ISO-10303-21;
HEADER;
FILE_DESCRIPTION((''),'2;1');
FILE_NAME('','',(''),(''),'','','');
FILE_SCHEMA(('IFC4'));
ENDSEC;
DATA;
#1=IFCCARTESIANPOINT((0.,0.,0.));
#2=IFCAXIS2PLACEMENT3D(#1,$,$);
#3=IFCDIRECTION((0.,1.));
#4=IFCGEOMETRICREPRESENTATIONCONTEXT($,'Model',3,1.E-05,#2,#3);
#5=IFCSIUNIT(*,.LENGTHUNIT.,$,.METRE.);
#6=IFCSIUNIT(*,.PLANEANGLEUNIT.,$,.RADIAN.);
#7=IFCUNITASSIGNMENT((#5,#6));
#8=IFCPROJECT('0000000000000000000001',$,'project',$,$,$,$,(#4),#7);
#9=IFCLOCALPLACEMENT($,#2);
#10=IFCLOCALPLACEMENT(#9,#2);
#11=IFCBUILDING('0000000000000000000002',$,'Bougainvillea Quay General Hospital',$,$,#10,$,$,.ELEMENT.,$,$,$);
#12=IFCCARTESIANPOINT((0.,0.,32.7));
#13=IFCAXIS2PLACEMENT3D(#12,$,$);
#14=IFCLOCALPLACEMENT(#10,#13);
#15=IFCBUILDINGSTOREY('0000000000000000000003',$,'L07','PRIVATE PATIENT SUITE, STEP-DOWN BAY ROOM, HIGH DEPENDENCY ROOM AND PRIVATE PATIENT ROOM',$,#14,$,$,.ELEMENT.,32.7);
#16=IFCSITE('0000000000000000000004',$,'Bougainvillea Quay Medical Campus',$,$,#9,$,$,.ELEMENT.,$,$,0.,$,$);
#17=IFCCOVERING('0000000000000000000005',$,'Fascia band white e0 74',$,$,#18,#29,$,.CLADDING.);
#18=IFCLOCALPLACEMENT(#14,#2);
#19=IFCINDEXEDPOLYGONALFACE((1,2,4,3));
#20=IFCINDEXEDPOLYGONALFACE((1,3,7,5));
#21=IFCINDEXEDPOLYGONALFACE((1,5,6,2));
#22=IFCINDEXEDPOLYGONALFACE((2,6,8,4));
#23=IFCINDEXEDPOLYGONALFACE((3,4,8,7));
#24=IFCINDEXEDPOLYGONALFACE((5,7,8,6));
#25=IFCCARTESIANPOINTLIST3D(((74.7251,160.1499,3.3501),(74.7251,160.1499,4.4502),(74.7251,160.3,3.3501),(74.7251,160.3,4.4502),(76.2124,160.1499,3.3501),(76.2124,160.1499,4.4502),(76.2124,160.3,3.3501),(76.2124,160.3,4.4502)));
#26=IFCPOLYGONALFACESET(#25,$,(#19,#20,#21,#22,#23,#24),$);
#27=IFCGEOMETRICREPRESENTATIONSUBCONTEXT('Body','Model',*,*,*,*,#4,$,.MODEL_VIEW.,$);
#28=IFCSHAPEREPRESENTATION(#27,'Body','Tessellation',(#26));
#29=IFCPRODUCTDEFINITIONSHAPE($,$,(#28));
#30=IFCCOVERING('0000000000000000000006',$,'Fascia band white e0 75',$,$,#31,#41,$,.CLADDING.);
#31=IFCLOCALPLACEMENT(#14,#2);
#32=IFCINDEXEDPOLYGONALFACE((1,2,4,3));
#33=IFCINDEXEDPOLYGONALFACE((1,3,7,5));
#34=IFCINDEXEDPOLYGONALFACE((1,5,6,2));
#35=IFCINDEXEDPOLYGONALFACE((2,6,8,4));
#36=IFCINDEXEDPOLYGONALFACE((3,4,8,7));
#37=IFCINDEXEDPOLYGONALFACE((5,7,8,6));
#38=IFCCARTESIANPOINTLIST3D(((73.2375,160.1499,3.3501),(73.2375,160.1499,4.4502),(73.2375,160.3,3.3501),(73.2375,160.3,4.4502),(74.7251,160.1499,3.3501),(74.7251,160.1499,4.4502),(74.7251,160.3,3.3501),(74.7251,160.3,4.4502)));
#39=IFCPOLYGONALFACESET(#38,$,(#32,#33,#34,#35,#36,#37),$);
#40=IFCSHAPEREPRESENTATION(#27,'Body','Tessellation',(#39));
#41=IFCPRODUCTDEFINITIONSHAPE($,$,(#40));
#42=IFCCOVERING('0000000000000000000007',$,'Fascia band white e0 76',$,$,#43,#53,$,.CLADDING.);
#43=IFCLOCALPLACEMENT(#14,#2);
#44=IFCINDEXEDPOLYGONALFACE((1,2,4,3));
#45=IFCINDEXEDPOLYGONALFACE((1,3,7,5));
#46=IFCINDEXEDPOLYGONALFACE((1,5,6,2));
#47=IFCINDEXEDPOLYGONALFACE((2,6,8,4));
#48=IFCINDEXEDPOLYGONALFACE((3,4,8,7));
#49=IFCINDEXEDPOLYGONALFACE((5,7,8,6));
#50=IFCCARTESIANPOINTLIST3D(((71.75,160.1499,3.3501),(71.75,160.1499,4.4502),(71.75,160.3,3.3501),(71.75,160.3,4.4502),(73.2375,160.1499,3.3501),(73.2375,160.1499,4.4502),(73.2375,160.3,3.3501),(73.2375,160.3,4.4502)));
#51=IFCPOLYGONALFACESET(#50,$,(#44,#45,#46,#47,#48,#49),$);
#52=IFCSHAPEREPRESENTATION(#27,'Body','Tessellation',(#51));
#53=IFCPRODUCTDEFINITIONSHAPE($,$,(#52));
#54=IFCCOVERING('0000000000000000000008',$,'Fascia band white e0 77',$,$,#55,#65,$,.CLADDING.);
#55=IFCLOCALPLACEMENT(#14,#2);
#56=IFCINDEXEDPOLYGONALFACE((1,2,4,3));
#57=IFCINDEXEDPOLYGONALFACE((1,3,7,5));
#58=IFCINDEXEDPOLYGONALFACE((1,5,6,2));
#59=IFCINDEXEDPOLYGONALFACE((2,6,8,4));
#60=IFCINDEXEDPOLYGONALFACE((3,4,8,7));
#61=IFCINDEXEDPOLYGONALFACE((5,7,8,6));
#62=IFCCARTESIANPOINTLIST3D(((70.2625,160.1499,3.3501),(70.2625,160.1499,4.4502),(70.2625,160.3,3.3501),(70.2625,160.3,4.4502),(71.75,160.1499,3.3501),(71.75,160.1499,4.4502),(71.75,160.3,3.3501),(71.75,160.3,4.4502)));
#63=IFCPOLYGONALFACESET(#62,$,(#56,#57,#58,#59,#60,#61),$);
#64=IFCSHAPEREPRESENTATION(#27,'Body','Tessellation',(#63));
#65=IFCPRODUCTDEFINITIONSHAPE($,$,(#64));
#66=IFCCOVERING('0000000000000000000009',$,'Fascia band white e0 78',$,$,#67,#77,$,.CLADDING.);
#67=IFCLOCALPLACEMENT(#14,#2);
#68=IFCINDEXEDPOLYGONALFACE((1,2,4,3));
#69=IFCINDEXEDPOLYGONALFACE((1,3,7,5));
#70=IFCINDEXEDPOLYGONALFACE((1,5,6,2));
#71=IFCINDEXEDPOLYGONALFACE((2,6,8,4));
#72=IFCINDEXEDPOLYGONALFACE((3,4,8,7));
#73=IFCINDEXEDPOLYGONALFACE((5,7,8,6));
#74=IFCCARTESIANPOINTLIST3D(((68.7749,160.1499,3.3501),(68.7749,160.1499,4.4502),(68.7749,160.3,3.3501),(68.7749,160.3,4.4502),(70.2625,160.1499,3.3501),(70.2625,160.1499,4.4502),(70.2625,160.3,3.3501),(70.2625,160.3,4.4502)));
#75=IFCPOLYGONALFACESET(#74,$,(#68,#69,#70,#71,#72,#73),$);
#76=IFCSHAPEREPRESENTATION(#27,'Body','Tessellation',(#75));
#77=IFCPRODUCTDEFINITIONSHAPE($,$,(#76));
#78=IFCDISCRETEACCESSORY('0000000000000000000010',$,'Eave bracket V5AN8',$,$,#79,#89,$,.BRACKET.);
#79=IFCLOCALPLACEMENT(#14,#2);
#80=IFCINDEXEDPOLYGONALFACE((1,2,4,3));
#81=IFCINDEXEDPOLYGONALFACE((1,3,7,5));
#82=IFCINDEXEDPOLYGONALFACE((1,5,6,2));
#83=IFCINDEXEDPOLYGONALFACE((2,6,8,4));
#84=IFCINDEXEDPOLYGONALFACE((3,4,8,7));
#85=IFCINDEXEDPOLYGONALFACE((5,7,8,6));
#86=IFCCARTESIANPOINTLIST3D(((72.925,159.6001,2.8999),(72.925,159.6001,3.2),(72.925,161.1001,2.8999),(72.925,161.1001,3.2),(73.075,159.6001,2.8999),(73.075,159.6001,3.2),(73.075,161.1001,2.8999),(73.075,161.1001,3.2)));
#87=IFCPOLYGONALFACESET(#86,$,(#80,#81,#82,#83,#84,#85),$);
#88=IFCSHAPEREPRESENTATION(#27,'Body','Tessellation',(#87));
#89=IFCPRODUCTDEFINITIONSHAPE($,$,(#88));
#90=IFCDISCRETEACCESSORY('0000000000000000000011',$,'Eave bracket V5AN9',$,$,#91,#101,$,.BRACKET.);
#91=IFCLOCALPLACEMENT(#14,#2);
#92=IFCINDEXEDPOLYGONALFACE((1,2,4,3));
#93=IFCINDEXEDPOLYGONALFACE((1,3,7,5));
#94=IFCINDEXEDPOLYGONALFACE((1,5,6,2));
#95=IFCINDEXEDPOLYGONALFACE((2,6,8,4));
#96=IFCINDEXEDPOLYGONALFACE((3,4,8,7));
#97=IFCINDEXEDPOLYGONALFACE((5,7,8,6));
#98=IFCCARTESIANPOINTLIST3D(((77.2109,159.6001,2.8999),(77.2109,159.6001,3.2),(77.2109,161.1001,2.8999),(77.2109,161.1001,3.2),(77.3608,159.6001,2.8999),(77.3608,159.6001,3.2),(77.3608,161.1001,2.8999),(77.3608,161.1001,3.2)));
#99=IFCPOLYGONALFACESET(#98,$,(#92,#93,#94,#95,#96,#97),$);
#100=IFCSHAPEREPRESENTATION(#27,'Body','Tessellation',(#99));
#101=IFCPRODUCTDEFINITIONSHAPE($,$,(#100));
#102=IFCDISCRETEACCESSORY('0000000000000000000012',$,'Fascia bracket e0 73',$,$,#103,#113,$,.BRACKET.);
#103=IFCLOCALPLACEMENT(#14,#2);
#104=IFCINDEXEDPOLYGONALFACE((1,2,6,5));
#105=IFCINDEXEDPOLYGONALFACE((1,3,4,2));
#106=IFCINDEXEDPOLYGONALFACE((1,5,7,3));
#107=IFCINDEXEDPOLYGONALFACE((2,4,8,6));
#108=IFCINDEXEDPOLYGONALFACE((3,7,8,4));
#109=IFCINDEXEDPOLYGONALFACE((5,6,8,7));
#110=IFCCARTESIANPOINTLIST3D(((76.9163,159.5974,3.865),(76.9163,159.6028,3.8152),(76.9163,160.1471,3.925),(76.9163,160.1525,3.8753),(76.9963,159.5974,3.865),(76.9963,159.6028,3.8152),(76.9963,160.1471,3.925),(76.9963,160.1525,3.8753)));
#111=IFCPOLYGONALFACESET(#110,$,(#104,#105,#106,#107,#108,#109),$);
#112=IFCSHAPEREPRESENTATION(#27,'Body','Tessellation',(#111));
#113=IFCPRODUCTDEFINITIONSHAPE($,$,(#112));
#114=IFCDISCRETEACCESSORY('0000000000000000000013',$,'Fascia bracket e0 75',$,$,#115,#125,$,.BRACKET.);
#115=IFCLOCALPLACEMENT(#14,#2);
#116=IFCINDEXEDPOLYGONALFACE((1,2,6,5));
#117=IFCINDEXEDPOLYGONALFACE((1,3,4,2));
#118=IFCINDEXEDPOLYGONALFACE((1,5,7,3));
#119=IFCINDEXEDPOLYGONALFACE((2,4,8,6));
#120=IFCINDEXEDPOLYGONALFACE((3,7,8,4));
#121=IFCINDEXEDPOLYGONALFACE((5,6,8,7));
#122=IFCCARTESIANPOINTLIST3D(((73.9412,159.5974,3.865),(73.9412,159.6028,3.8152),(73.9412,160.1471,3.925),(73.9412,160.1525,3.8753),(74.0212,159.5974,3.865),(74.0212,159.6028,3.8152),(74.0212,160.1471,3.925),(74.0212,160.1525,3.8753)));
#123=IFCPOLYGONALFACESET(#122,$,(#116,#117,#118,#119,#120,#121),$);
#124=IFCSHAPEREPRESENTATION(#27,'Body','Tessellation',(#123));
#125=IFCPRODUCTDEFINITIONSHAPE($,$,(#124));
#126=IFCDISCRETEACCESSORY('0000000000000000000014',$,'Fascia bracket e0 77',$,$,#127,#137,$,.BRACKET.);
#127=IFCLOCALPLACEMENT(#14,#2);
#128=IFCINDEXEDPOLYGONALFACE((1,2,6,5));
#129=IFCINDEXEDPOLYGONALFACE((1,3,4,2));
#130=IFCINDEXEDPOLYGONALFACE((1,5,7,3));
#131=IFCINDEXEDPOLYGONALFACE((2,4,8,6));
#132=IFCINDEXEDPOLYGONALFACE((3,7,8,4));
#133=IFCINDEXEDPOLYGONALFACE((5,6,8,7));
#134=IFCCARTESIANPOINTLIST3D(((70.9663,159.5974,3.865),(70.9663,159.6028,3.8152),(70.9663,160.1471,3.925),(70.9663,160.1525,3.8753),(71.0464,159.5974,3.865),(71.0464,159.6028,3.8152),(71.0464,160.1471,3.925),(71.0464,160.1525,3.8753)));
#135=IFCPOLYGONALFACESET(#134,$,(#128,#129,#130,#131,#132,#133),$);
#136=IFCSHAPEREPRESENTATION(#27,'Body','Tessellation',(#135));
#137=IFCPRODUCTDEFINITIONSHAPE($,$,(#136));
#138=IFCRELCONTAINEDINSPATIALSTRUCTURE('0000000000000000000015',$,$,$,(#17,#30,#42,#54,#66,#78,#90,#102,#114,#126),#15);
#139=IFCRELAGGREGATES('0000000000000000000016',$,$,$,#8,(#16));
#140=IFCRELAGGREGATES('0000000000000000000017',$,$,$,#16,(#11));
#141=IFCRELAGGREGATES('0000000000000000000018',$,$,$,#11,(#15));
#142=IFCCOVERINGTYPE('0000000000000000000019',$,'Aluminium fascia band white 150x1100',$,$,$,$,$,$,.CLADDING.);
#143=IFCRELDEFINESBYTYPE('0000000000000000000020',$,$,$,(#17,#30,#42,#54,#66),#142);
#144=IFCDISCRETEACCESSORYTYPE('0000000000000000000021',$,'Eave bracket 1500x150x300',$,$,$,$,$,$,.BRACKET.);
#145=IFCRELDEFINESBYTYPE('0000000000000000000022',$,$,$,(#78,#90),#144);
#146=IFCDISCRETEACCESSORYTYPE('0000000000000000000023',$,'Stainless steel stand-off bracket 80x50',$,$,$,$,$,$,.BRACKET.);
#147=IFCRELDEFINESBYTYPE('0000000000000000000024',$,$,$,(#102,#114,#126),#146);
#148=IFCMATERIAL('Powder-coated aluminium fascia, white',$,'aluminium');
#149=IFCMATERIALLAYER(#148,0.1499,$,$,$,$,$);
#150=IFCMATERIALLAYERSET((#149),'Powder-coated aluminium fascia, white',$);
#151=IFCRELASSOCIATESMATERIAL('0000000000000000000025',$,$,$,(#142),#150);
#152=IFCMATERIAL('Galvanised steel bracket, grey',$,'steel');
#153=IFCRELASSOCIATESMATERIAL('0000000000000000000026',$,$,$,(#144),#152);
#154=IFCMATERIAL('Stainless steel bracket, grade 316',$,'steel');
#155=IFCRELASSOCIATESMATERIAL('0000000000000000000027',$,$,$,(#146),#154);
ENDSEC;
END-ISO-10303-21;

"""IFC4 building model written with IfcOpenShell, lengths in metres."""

from ifc_helpers import new_model, si_unit, direction, frame, origin, origin_2d, place, context, subcontext, project, spatial, polyline, rectangle, outline, extrude, material, layer, layer_set, material_profile, profile_set, type_object, element, save


model = new_model("IFC4")

# Units and contexts
model_context = context("Model", 3, precision=1e-05, world=origin(), true_north=direction((0.0, 1.0)))
body_context = subcontext(model_context, "Body", "Model", "MODEL_VIEW")
ifc_project = project(units=[si_unit("LENGTHUNIT", "METRE"), si_unit("PLANEANGLEUNIT", "RADIAN")], contexts=[model_context])

# Site, building, storey
site_placement = place(None, origin())
site = spatial("IfcSite", under=ifc_project, at=site_placement, Name="Bougainvillea Quay Medical Campus", CompositionType="ELEMENT", RefElevation=0.0)
building_placement = place(site_placement, origin())
building = spatial("IfcBuilding", under=site, at=building_placement, Name="Bougainvillea Quay General Hospital", CompositionType="ELEMENT")
storey_placement = place(building_placement, frame((0.0, 0.0, 32.7)))
storey = spatial("IfcBuildingStorey", under=building, at=storey_placement, Name="L07", Description="PRIVATE PATIENT SUITE, STEP-DOWN BAY ROOM, HIGH DEPENDENCY ROOM AND PRIVATE PATIENT ROOM", CompositionType="ELEMENT", Elevation=32.7)

# Coverings
ifc_material_1 = material(Name="Powder-coated aluminium fascia, white", Category="aluminium")
ifc_layer_1 = layer(ifc_material_1, 0.1499)
ifc_layer_set_1 = layer_set([ifc_layer_1], Name="Powder-coated aluminium fascia, white")
covering_type = type_object("IfcCoveringType", Name="Aluminium fascia band white 150x1100", PredefinedType="CLADDING", material=ifc_layer_set_1)
covering_1_placement = place(storey_placement, frame((76.2124, 160.1499, 3.3501), z_axis=(0.0, 0.0, 1.0), x_axis=(-1.0, 0.0, 0.0)))
element("IfcCovering", 1, at=covering_1_placement, inside=storey, type_object=covering_type, Name="Fascia band white e0 74", PredefinedType="CLADDING", context=body_context, shape_type="SweptSolid", body=[
    extrude(outline(polyline([(0.0, 0.0), (1.4873, 0.0), (1.4873, -0.1501), (0.0, -0.1501), (0.0, 0.0)])), origin(), (0.0, 0.0, 1.0), 1.1001),
])
for number, where, z_axis, x_axis, name in (
    (2, (74.7251, 160.1499, 3.3501), (0.0, 0.0, 1.0), (-1.0, 0.0, 0.0), "Fascia band white e0 75"),
    (3, (73.2375, 160.1499, 3.3501), (0.0, 0.0, 1.0), (-1.0, 0.0, 0.0), "Fascia band white e0 76"),
    (4, (71.75, 160.1499, 3.3501), (0.0, 0.0, 1.0), (-1.0, 0.0, 0.0), "Fascia band white e0 77"),
    (5, (70.2625, 160.1499, 3.3501), (0.0, 0.0, 1.0), (-1.0, 0.0, 0.0), "Fascia band white e0 78"),
):
    element("IfcCovering", number, at=place(storey_placement, frame(where, z_axis=z_axis, x_axis=x_axis)), inside=storey, type_object=covering_type, Name=name, PredefinedType="CLADDING", context=body_context, shape_type="SweptSolid", body=[
        extrude(outline(polyline([(0.0, 0.0), (1.4875, 0.0), (1.4875, -0.1501), (0.0, -0.1501), (0.0, 0.0)])), origin(), (0.0, 0.0, 1.0), 1.1001),
    ])

# Discrete accessories
ifc_material_2 = material(Name="Galvanised steel bracket, grey", Category="steel")
discrete_accessory_type_1 = type_object("IfcDiscreteAccessoryType", Name="Eave bracket 1500x150x300", PredefinedType="BRACKET", material=ifc_material_2)
for number, where, z_axis, x_axis, name in (
    (6, (73.0, 160.3501, 2.8999), (0.0, 0.0, 1.0), (1.0, 0.0, 0.0), "Eave bracket V5AN8"),
    (7, (77.2859, 160.3501, 2.8999), (0.0, 0.0, 1.0), (1.0, 0.0, 0.0), "Eave bracket V5AN9"),
):
    element("IfcDiscreteAccessory", number, at=place(storey_placement, frame(where, z_axis=z_axis, x_axis=x_axis)), inside=storey, type_object=discrete_accessory_type_1, Name=name, PredefinedType="BRACKET", context=body_context, shape_type="SweptSolid", body=[
        extrude(rectangle(XDim=0.1499, YDim=1.5, at=origin_2d()), origin(), (0.0, 0.0, 1.0), 0.3),
    ])
ifc_material_3 = material(Name="Stainless steel bracket, grade 316", Category="steel")
ifc_material_profile_1 = material_profile(ifc_material_3, rectangle(XDim=0.0801, YDim=0.05, at=origin_2d()))
ifc_profile_set_1 = profile_set([ifc_material_profile_1], Name="Stainless steel bracket, grade 316")
discrete_accessory_type_2 = type_object("IfcDiscreteAccessoryType", Name="Stainless steel stand-off bracket 80x50", PredefinedType="BRACKET", material=ifc_profile_set_1)
for number, where, z_axis, x_axis, name in (
    (8, (76.9563, 159.6001, 3.8401), (0.0, 0.994087, 0.10859), (-1.0, 0.0, 0.0), "Fascia bracket e0 73"),
    (9, (73.9812, 159.6001, 3.8401), (0.0, 0.994087, 0.10859), (-1.0, 0.0, 0.0), "Fascia bracket e0 75"),
    (10, (71.0063, 159.6001, 3.8401), (0.0, 0.994087, 0.10859), (-1.0, 0.0, 0.0), "Fascia bracket e0 77"),
):
    element("IfcDiscreteAccessory", number, at=place(storey_placement, frame(where, z_axis=z_axis, x_axis=x_axis)), inside=storey, type_object=discrete_accessory_type_2, Name=name, PredefinedType="BRACKET", context=body_context, shape_type="SweptSolid", body=[
        extrude(rectangle(XDim=0.0801, YDim=0.05, at=origin_2d()), origin(), (0.0, 0.0, 1.0), 0.553),
    ])

save(model, "model.ifc")
